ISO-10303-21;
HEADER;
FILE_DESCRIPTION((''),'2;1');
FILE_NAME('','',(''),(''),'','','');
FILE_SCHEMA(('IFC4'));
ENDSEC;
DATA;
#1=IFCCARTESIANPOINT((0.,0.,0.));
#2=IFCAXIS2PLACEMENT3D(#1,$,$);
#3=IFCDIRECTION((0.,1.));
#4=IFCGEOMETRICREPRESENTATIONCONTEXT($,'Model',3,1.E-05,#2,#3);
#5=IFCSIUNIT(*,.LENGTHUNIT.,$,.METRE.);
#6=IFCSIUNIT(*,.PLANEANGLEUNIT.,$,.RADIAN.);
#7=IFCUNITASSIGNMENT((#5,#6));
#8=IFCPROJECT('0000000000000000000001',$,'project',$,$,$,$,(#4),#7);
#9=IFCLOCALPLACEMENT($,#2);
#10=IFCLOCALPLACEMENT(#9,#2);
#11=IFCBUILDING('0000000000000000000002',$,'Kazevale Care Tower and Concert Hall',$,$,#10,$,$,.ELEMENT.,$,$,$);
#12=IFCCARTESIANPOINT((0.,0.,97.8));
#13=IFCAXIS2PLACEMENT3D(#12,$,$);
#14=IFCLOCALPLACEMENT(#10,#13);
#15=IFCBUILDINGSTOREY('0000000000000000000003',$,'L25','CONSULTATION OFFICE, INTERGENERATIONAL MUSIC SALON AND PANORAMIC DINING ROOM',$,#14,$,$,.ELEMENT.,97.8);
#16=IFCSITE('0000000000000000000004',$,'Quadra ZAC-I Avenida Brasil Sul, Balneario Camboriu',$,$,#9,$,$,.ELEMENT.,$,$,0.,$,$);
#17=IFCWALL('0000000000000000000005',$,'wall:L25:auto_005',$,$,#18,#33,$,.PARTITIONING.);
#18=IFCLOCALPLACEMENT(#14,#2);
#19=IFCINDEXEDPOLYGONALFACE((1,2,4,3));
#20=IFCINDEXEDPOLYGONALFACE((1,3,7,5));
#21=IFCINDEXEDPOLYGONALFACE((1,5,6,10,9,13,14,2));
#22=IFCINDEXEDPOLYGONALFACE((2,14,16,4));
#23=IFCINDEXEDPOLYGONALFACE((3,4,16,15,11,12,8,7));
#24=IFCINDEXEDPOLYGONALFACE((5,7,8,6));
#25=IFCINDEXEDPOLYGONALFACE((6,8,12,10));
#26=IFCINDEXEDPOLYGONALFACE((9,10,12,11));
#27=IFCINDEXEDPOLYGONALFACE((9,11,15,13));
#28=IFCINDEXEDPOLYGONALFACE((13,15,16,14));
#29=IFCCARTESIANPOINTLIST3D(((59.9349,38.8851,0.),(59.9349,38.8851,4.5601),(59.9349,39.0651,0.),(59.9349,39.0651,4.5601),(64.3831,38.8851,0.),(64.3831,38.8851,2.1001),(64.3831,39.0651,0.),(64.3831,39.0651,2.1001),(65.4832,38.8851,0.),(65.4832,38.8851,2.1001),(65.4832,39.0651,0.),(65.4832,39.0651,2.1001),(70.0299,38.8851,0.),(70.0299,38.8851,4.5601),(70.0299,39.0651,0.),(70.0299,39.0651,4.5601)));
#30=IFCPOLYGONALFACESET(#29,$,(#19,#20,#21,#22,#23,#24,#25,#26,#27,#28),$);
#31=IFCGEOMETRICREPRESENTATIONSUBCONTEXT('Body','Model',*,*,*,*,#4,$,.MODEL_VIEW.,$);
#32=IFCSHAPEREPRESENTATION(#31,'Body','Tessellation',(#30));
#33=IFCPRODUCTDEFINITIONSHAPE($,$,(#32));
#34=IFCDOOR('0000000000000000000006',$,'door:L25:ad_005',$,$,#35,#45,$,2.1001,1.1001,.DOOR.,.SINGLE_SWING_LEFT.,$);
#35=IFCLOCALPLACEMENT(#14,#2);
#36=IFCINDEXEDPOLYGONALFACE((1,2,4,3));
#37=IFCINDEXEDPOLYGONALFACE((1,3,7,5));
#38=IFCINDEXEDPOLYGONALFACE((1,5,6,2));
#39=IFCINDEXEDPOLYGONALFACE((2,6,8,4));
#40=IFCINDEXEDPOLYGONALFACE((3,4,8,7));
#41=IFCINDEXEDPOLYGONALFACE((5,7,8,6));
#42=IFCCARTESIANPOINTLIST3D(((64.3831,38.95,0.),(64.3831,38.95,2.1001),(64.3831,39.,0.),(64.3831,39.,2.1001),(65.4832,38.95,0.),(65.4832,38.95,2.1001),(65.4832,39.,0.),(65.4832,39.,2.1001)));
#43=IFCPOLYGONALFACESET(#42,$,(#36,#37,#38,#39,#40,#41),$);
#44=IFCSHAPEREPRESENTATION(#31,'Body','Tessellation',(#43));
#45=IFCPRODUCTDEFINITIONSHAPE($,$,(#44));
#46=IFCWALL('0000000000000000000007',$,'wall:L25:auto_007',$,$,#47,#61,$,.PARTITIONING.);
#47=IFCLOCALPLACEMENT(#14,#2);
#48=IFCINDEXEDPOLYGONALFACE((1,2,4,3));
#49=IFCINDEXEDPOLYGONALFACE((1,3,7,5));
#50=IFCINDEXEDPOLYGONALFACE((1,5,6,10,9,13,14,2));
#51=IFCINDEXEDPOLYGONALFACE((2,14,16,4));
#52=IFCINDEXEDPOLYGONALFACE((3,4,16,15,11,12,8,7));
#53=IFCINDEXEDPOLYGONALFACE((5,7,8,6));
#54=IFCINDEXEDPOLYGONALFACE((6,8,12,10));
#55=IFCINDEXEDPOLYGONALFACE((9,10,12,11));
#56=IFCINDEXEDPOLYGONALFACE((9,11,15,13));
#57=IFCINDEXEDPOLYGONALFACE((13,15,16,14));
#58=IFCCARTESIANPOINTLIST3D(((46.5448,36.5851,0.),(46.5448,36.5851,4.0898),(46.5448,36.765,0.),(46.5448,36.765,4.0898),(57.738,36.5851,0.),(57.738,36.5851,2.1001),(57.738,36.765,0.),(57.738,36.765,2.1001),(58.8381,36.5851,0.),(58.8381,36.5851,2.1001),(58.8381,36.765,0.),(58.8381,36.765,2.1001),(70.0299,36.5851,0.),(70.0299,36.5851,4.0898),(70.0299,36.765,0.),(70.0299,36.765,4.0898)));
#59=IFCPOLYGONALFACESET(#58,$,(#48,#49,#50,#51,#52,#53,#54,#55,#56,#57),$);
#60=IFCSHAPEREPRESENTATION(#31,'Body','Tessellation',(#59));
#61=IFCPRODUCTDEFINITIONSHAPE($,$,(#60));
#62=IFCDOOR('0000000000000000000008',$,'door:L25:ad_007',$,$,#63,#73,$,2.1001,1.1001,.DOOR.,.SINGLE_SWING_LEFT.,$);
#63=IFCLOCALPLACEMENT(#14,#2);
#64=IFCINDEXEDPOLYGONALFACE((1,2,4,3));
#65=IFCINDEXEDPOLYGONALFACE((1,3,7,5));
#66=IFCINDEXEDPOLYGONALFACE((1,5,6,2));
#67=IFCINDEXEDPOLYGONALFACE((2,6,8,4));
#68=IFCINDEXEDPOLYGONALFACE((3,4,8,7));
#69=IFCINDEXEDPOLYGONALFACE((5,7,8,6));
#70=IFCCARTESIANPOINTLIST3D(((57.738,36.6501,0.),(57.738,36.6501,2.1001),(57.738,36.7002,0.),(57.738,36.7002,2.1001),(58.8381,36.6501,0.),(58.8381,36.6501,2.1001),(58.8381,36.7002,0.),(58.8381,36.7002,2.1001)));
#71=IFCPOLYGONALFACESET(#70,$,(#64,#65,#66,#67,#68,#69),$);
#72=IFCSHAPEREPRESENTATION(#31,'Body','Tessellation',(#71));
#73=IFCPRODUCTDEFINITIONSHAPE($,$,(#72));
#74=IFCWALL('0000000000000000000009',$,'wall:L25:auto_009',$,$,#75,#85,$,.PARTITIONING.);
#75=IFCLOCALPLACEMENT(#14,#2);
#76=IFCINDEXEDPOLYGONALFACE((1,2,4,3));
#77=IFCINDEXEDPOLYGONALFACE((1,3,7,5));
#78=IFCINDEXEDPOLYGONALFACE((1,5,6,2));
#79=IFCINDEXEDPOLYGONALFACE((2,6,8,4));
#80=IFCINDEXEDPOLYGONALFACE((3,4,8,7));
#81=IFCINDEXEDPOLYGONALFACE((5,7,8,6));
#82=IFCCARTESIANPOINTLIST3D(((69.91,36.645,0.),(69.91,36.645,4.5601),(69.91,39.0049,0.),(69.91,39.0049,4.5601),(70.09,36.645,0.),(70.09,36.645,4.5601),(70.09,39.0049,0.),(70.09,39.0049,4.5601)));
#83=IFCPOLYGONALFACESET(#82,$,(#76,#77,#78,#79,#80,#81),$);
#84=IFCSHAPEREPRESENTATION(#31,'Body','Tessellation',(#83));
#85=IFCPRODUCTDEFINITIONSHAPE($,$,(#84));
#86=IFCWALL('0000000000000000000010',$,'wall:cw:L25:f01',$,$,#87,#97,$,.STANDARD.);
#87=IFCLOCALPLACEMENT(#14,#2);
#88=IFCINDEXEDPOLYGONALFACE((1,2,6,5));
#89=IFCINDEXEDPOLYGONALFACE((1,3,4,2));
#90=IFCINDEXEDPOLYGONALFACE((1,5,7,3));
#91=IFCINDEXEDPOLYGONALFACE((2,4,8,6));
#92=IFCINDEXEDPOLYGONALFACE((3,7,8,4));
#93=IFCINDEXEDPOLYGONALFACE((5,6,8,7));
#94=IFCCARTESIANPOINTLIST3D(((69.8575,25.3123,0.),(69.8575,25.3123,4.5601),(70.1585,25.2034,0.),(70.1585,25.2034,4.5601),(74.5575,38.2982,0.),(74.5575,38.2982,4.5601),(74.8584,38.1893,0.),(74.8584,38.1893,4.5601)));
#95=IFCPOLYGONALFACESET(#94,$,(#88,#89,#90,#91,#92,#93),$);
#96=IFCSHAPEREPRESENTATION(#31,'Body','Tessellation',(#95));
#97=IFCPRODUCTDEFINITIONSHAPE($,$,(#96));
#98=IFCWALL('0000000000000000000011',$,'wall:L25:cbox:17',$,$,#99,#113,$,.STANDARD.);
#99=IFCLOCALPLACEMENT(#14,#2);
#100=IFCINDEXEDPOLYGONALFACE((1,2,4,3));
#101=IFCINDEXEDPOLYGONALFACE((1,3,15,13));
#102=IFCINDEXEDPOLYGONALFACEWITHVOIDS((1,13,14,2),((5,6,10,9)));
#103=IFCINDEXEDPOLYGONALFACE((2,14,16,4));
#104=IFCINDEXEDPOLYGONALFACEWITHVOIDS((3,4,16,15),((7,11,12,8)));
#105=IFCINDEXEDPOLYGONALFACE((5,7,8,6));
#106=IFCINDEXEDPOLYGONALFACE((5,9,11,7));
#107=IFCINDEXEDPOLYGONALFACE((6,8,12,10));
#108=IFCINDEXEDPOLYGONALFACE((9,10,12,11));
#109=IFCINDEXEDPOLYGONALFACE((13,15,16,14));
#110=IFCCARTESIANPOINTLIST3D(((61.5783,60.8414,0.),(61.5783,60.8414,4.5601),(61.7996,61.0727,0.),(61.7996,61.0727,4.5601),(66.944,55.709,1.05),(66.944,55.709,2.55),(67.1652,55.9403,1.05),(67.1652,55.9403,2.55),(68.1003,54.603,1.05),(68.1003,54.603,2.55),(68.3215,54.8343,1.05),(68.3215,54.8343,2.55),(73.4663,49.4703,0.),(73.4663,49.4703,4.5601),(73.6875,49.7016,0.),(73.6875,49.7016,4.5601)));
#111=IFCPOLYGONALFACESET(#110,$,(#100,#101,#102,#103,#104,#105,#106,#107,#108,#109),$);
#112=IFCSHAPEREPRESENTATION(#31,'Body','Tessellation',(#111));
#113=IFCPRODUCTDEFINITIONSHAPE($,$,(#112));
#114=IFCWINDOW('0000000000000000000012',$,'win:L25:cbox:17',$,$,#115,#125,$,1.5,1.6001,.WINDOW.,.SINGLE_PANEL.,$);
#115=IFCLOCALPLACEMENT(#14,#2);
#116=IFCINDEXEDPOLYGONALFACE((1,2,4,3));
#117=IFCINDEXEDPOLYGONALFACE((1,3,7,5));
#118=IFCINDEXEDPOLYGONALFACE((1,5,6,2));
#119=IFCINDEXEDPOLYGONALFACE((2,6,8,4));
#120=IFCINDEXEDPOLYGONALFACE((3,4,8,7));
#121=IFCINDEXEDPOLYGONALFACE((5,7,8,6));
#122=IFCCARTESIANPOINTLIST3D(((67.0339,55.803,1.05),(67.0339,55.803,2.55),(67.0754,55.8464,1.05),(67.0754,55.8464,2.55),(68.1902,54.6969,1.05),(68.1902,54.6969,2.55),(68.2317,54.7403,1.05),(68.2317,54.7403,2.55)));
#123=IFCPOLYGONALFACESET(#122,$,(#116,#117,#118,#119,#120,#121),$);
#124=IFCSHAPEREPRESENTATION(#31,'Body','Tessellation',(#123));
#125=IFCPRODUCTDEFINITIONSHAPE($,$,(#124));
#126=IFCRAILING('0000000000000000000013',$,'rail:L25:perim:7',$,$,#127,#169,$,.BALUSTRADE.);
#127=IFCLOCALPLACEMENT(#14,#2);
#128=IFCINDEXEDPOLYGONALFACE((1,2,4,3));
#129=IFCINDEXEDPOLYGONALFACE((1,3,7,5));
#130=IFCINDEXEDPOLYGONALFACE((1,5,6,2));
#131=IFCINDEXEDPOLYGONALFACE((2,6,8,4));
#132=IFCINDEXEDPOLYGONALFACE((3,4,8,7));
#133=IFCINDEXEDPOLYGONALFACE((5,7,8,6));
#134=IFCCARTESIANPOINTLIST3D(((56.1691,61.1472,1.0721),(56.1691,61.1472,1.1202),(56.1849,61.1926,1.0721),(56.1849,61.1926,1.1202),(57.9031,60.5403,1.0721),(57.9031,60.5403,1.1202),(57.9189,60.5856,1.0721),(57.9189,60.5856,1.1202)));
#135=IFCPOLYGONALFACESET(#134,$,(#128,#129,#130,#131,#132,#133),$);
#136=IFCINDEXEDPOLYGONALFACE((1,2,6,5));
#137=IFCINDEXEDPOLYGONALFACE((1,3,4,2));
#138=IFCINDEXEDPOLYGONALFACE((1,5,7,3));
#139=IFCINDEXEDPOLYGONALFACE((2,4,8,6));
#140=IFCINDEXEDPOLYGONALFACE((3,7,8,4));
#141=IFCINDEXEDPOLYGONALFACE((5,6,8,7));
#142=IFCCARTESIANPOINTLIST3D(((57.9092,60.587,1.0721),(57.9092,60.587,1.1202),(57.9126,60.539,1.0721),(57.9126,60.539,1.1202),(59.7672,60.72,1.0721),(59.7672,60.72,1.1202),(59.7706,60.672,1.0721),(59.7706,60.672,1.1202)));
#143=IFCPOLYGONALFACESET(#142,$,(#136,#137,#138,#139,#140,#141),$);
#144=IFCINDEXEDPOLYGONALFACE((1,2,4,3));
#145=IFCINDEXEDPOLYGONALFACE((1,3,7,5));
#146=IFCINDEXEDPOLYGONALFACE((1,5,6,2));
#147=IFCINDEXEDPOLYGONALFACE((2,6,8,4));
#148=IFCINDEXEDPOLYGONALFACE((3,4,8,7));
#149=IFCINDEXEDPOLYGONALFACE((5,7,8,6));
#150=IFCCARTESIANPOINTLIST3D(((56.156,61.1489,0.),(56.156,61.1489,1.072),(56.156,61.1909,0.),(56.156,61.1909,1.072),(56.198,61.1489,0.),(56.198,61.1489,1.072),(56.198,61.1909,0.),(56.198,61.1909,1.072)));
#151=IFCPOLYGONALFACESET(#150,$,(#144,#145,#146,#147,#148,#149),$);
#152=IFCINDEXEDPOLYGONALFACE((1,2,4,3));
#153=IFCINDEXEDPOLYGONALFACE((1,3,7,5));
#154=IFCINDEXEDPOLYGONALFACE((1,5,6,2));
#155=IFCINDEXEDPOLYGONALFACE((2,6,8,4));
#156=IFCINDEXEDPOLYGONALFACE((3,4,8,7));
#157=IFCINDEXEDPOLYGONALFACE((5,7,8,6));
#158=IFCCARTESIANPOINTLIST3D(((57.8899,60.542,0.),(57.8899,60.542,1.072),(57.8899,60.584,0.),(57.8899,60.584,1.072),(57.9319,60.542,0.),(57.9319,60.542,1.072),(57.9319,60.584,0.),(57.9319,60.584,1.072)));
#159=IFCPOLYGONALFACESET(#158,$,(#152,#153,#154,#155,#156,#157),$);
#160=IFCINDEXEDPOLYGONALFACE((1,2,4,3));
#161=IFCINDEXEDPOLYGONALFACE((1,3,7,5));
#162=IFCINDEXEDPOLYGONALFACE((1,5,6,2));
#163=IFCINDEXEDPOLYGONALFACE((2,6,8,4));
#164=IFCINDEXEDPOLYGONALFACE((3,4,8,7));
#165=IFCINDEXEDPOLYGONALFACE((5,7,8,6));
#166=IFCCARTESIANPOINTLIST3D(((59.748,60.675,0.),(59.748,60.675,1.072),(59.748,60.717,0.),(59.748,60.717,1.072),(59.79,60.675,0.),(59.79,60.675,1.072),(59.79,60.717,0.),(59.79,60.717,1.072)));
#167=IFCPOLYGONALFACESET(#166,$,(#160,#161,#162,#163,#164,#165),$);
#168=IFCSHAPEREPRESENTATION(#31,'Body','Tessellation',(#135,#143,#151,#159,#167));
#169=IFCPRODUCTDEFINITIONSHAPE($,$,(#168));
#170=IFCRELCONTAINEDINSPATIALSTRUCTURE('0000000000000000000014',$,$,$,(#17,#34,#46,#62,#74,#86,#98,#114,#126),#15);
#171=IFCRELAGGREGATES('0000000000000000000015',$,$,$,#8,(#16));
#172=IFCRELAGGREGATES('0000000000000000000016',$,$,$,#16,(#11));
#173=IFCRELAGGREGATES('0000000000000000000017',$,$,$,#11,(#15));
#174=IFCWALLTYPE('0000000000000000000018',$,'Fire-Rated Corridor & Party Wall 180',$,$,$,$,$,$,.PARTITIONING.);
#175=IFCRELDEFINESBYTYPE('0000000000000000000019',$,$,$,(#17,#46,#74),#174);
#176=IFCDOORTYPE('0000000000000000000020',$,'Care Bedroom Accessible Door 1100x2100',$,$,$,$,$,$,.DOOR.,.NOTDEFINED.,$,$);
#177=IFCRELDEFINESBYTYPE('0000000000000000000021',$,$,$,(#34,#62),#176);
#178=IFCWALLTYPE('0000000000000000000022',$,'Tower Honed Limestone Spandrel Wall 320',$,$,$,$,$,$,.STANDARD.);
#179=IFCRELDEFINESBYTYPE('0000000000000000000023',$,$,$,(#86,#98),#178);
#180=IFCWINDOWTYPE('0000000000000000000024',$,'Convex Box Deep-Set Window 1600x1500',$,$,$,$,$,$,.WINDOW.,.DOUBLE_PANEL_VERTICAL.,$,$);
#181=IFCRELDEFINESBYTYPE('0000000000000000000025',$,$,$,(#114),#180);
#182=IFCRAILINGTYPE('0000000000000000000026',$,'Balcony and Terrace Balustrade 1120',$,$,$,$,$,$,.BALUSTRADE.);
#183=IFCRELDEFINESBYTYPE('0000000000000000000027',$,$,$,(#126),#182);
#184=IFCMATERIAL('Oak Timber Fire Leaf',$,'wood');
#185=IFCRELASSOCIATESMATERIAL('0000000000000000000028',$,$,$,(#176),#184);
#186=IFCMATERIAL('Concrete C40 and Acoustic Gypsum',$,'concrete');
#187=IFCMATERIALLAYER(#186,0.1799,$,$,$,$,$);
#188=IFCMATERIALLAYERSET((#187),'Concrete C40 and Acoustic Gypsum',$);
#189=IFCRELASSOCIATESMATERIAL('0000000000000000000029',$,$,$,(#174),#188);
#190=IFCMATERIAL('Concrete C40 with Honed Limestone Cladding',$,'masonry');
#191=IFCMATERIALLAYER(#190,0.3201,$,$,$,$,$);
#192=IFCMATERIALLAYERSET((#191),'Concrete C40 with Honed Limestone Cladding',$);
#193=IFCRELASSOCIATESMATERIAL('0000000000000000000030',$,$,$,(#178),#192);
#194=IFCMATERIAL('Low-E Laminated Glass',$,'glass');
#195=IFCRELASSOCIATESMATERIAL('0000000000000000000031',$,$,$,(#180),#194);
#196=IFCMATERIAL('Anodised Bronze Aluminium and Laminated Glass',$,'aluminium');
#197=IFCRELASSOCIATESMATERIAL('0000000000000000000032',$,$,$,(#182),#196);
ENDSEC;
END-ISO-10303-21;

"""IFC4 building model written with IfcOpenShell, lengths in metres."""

from ifc_helpers import new_model, si_unit, direction, frame, frame_2d, origin, origin_2d, place, context, subcontext, project, spatial, rectangle, extrude, material, layer, layer_set, type_object, element, fill, save


model = new_model("IFC4")

# Units and contexts
model_context = context("Model", 3, precision=1e-05, world=origin(), true_north=direction((0.0, 1.0)))
body_context = subcontext(model_context, "Body", "Model", "MODEL_VIEW")
ifc_project = project(units=[si_unit("LENGTHUNIT", "METRE"), si_unit("PLANEANGLEUNIT", "RADIAN")], contexts=[model_context])

# Site, building, storey
site_placement = place(None, origin())
site = spatial("IfcSite", under=ifc_project, at=site_placement, Name="Quadra ZAC-I Avenida Brasil Sul, Balneario Camboriu", CompositionType="ELEMENT", RefElevation=0.0)
building_placement = place(site_placement, origin())
building = spatial("IfcBuilding", under=site, at=building_placement, Name="Kazevale Care Tower and Concert Hall", CompositionType="ELEMENT")
storey_placement = place(building_placement, frame((0.0, 0.0, 97.8)))
storey = spatial("IfcBuildingStorey", under=building, at=storey_placement, Name="L25", Description="CONSULTATION OFFICE, INTERGENERATIONAL MUSIC SALON AND PANORAMIC DINING ROOM", CompositionType="ELEMENT", Elevation=97.8)

# Shared definitions
ifc_material_1 = material(Name="Low-E Laminated Glass", Category="glass")

# Walls, openings, doors
ifc_material_2 = material(Name="Oak Timber Fire Leaf", Category="wood")
door_type = type_object("IfcDoorType", Name="Care Bedroom Accessible Door 1100x2100", OperationType="NOTDEFINED", PredefinedType="DOOR", material=ifc_material_2)
ifc_material_3 = material(Name="Concrete C40 and Acoustic Gypsum", Category="concrete")
ifc_layer_1 = layer(ifc_material_3, 0.1799)
ifc_layer_set_1 = layer_set([ifc_layer_1], Name="Concrete C40 and Acoustic Gypsum")
wall_type_1 = type_object("IfcWallType", Name="Fire-Rated Corridor & Party Wall 180", PredefinedType="PARTITIONING", material=ifc_layer_set_1)
wall_1_placement = place(storey_placement, frame((59.9351, 38.9751, 0.0), z_axis=(0.0, 0.0, 1.0), x_axis=(1.0, 0.0, 0.0)))
wall_1 = element("IfcWall", 1, at=wall_1_placement, inside=storey, type_object=wall_type_1, Name="wall:L25:auto_005", PredefinedType="PARTITIONING", context=body_context, shape_type="SweptSolid", body=[
    extrude(rectangle(XDim=10.095, YDim=0.1799, at=frame_2d((5.0474, 0.0))), origin(), (0.0, 0.0, 1.0), 4.5601),
])
opening_1_placement = place(wall_1_placement, frame((4.448, 0.0, 0.0)))
opening_1 = element("IfcOpeningElement", 2, at=opening_1_placement, cuts=wall_1, PredefinedType="OPENING", context=body_context, shape_type="SweptSolid", body=[
    extrude(rectangle(XDim=1.1001, YDim=2.1001, at=frame_2d((0.55, 1.05))), frame((0.0, 0.0999, 0.0), z_axis=(0.0, -1.0, 0.0), x_axis=(1.0, 0.0, 0.0)), (0.0, 0.0, 1.0), 0.2),
])
door_1_placement = place(opening_1_placement, origin())
door_1 = element("IfcDoor", 3, at=door_1_placement, inside=storey, type_object=door_type, Name="door:L25:ad_005", OperationType="SINGLE_SWING_LEFT", OverallHeight=2.1001, OverallWidth=1.1001, PredefinedType="DOOR", context=body_context, shape_type="SweptSolid", body=[
    extrude(rectangle(XDim=1.1001, YDim=2.1001, at=frame_2d((0.55, 1.05))), frame((0.0, 0.0249, 0.0), z_axis=(0.0, -1.0, 0.0), x_axis=(1.0, 0.0, 0.0)), (0.0, 0.0, 1.0), 0.05),
])
fill(opening_1, door_1)
wall_2_placement = place(storey_placement, frame((70.03, 36.675, 0.0), z_axis=(0.0, 0.0, 1.0), x_axis=(-1.0, 0.0, 0.0)))
wall_2 = element("IfcWall", 4, at=wall_2_placement, inside=storey, type_object=wall_type_1, Name="wall:L25:auto_007", PredefinedType="PARTITIONING", context=body_context, shape_type="SweptSolid", body=[
    extrude(rectangle(XDim=23.4851, YDim=0.1799, at=frame_2d((11.7427, 0.0))), origin(), (0.0, 0.0, 1.0), 4.0898),
])
opening_2_placement = place(wall_2_placement, frame((11.1919, 0.0, 0.0)))
opening_2 = element("IfcOpeningElement", 5, at=opening_2_placement, cuts=wall_2, PredefinedType="OPENING", context=body_context, shape_type="SweptSolid", body=[
    extrude(rectangle(XDim=1.1001, YDim=2.1001, at=frame_2d((0.55, 1.05))), frame((0.0, 0.0999, 0.0), z_axis=(0.0, -1.0, 0.0), x_axis=(1.0, 0.0, 0.0)), (0.0, 0.0, 1.0), 0.2),
])
door_2_placement = place(opening_2_placement, origin())
door_2 = element("IfcDoor", 6, at=door_2_placement, inside=storey, type_object=door_type, Name="door:L25:ad_007", OperationType="SINGLE_SWING_LEFT", OverallHeight=2.1001, OverallWidth=1.1001, PredefinedType="DOOR", context=body_context, shape_type="SweptSolid", body=[
    extrude(rectangle(XDim=1.1001, YDim=2.1001, at=frame_2d((0.55, 1.05))), frame((0.0, 0.0249, 0.0), z_axis=(0.0, -1.0, 0.0), x_axis=(1.0, 0.0, 0.0)), (0.0, 0.0, 1.0), 0.05),
])
fill(opening_2, door_2)

# Walls
wall_3_placement = place(storey_placement, frame((70.0, 39.0049, 0.0), z_axis=(0.0, 0.0, 1.0), x_axis=(0.0, -1.0, 0.0)))
element("IfcWall", 7, at=wall_3_placement, inside=storey, type_object=wall_type_1, Name="wall:L25:auto_009", PredefinedType="PARTITIONING", context=body_context, shape_type="SweptSolid", body=[
    extrude(rectangle(XDim=2.3599, YDim=0.1799, at=frame_2d((1.1799, 0.0))), origin(), (0.0, 0.0, 1.0), 4.5601),
])
ifc_material_4 = material(Name="Concrete C40 with Honed Limestone Cladding", Category="masonry")
ifc_layer_2 = layer(ifc_material_4, 0.3201)
ifc_layer_set_2 = layer_set([ifc_layer_2], Name="Concrete C40 with Honed Limestone Cladding")
wall_type_2 = type_object("IfcWallType", Name="Tower Honed Limestone Spandrel Wall 320", PredefinedType="STANDARD", material=ifc_layer_set_2)
wall_4_placement = place(storey_placement, frame((74.708, 38.2439, 0.0), z_axis=(0.0, 0.0, 1.0), x_axis=(-0.340325, -0.940308, 0.0)))
element("IfcWall", 8, at=wall_4_placement, inside=storey, type_object=wall_type_2, Name="wall:cw:L25:f01", PredefinedType="STANDARD", context=body_context, shape_type="SweptSolid", body=[
    extrude(rectangle(XDim=13.8103, YDim=0.3201, at=frame_2d((6.9053, 0.0))), origin(), (0.0, 0.0, 1.0), 4.5601),
])

# Wall, opening, window
wall_5_placement = place(storey_placement, frame((61.689, 60.957, 0.0), z_axis=(0.0, 0.0, 1.0), x_axis=(0.722641, -0.691223, 0.0)))
wall_5 = element("IfcWall", 9, at=wall_5_placement, inside=storey, type_object=wall_type_2, Name="wall:L25:cbox:17", PredefinedType="STANDARD", context=body_context, shape_type="SweptSolid", body=[
    extrude(rectangle(XDim=16.4507, YDim=0.3201, at=frame_2d((8.2253, 0.0))), origin(), (0.0, 0.0, 1.0), 4.5601),
])
opening_3_placement = place(wall_5_placement, frame((7.425, 0.0, 1.05)))
opening_3 = element("IfcOpeningElement", 10, at=opening_3_placement, cuts=wall_5, PredefinedType="OPENING", context=body_context, shape_type="SweptSolid", body=[
    extrude(rectangle(XDim=1.6001, YDim=1.5, at=frame_2d((0.8, 0.75))), frame((0.0, 0.1699, 0.0), z_axis=(0.0, -1.0, 0.0), x_axis=(1.0, 0.0, 0.0)), (0.0, 0.0, 1.0), 0.3401),
])
window_type = type_object("IfcWindowType", Name="Convex Box Deep-Set Window 1600x1500", PartitioningType="DOUBLE_PANEL_VERTICAL", PredefinedType="WINDOW", material=ifc_material_1)
window_placement = place(opening_3_placement, origin())
window = element("IfcWindow", 11, at=window_placement, inside=storey, type_object=window_type, Name="win:L25:cbox:17", OverallHeight=1.5, OverallWidth=1.6001, PartitioningType="SINGLE_PANEL", PredefinedType="WINDOW", context=body_context, shape_type="SweptSolid", body=[
    extrude(rectangle(XDim=1.6001, YDim=1.5, at=frame_2d((0.8, 0.75))), frame((0.0, 0.03, 0.0), z_axis=(0.0, -1.0, 0.0), x_axis=(1.0, 0.0, 0.0)), (0.0, 0.0, 1.0), 0.0601),
])
fill(opening_3, window)

# Railing
ifc_material_5 = material(Name="Anodised Bronze Aluminium and Laminated Glass", Category="aluminium")
railing_type = type_object("IfcRailingType", Name="Balcony and Terrace Balustrade 1120", PredefinedType="BALUSTRADE", material=ifc_material_5)
railing_1_placement = place(storey_placement, frame((56.177, 61.1699, 0.0)))
element("IfcRailing", 12, at=railing_1_placement, inside=storey, type_object=railing_type, Name="rail:L25:perim:7", PredefinedType="BALUSTRADE", context=body_context, shape_type="SweptSolid", body=[
    extrude(rectangle(XDim=0.0481, YDim=0.0481, at=origin_2d()), frame((0.0, 0.0, 1.0962), z_axis=(0.943846, -0.330386, 0.0), x_axis=(0.330386, 0.943846, 0.0)), (0.0, 0.0, 1.0), 1.8372),
    extrude(rectangle(XDim=0.0481, YDim=0.0481, at=origin_2d()), frame((1.7339, -0.6069, 1.0962), z_axis=(0.997446, 0.071424, 0.0), x_axis=(-0.071424, 0.997446, 0.0)), (0.0, 0.0, 1.0), 1.8628),
    extrude(rectangle(XDim=0.042, YDim=0.042, at=origin_2d()), origin(), (0.0, 0.0, 1.0), 1.072),
    extrude(rectangle(XDim=0.042, YDim=0.042, at=origin_2d()), frame((1.7339, -0.6069, 0.0)), (0.0, 0.0, 1.0), 1.072),
    extrude(rectangle(XDim=0.042, YDim=0.042, at=origin_2d()), frame((3.592, -0.4739, 0.0)), (0.0, 0.0, 1.0), 1.072),
])

save(model, "model.ifc")
